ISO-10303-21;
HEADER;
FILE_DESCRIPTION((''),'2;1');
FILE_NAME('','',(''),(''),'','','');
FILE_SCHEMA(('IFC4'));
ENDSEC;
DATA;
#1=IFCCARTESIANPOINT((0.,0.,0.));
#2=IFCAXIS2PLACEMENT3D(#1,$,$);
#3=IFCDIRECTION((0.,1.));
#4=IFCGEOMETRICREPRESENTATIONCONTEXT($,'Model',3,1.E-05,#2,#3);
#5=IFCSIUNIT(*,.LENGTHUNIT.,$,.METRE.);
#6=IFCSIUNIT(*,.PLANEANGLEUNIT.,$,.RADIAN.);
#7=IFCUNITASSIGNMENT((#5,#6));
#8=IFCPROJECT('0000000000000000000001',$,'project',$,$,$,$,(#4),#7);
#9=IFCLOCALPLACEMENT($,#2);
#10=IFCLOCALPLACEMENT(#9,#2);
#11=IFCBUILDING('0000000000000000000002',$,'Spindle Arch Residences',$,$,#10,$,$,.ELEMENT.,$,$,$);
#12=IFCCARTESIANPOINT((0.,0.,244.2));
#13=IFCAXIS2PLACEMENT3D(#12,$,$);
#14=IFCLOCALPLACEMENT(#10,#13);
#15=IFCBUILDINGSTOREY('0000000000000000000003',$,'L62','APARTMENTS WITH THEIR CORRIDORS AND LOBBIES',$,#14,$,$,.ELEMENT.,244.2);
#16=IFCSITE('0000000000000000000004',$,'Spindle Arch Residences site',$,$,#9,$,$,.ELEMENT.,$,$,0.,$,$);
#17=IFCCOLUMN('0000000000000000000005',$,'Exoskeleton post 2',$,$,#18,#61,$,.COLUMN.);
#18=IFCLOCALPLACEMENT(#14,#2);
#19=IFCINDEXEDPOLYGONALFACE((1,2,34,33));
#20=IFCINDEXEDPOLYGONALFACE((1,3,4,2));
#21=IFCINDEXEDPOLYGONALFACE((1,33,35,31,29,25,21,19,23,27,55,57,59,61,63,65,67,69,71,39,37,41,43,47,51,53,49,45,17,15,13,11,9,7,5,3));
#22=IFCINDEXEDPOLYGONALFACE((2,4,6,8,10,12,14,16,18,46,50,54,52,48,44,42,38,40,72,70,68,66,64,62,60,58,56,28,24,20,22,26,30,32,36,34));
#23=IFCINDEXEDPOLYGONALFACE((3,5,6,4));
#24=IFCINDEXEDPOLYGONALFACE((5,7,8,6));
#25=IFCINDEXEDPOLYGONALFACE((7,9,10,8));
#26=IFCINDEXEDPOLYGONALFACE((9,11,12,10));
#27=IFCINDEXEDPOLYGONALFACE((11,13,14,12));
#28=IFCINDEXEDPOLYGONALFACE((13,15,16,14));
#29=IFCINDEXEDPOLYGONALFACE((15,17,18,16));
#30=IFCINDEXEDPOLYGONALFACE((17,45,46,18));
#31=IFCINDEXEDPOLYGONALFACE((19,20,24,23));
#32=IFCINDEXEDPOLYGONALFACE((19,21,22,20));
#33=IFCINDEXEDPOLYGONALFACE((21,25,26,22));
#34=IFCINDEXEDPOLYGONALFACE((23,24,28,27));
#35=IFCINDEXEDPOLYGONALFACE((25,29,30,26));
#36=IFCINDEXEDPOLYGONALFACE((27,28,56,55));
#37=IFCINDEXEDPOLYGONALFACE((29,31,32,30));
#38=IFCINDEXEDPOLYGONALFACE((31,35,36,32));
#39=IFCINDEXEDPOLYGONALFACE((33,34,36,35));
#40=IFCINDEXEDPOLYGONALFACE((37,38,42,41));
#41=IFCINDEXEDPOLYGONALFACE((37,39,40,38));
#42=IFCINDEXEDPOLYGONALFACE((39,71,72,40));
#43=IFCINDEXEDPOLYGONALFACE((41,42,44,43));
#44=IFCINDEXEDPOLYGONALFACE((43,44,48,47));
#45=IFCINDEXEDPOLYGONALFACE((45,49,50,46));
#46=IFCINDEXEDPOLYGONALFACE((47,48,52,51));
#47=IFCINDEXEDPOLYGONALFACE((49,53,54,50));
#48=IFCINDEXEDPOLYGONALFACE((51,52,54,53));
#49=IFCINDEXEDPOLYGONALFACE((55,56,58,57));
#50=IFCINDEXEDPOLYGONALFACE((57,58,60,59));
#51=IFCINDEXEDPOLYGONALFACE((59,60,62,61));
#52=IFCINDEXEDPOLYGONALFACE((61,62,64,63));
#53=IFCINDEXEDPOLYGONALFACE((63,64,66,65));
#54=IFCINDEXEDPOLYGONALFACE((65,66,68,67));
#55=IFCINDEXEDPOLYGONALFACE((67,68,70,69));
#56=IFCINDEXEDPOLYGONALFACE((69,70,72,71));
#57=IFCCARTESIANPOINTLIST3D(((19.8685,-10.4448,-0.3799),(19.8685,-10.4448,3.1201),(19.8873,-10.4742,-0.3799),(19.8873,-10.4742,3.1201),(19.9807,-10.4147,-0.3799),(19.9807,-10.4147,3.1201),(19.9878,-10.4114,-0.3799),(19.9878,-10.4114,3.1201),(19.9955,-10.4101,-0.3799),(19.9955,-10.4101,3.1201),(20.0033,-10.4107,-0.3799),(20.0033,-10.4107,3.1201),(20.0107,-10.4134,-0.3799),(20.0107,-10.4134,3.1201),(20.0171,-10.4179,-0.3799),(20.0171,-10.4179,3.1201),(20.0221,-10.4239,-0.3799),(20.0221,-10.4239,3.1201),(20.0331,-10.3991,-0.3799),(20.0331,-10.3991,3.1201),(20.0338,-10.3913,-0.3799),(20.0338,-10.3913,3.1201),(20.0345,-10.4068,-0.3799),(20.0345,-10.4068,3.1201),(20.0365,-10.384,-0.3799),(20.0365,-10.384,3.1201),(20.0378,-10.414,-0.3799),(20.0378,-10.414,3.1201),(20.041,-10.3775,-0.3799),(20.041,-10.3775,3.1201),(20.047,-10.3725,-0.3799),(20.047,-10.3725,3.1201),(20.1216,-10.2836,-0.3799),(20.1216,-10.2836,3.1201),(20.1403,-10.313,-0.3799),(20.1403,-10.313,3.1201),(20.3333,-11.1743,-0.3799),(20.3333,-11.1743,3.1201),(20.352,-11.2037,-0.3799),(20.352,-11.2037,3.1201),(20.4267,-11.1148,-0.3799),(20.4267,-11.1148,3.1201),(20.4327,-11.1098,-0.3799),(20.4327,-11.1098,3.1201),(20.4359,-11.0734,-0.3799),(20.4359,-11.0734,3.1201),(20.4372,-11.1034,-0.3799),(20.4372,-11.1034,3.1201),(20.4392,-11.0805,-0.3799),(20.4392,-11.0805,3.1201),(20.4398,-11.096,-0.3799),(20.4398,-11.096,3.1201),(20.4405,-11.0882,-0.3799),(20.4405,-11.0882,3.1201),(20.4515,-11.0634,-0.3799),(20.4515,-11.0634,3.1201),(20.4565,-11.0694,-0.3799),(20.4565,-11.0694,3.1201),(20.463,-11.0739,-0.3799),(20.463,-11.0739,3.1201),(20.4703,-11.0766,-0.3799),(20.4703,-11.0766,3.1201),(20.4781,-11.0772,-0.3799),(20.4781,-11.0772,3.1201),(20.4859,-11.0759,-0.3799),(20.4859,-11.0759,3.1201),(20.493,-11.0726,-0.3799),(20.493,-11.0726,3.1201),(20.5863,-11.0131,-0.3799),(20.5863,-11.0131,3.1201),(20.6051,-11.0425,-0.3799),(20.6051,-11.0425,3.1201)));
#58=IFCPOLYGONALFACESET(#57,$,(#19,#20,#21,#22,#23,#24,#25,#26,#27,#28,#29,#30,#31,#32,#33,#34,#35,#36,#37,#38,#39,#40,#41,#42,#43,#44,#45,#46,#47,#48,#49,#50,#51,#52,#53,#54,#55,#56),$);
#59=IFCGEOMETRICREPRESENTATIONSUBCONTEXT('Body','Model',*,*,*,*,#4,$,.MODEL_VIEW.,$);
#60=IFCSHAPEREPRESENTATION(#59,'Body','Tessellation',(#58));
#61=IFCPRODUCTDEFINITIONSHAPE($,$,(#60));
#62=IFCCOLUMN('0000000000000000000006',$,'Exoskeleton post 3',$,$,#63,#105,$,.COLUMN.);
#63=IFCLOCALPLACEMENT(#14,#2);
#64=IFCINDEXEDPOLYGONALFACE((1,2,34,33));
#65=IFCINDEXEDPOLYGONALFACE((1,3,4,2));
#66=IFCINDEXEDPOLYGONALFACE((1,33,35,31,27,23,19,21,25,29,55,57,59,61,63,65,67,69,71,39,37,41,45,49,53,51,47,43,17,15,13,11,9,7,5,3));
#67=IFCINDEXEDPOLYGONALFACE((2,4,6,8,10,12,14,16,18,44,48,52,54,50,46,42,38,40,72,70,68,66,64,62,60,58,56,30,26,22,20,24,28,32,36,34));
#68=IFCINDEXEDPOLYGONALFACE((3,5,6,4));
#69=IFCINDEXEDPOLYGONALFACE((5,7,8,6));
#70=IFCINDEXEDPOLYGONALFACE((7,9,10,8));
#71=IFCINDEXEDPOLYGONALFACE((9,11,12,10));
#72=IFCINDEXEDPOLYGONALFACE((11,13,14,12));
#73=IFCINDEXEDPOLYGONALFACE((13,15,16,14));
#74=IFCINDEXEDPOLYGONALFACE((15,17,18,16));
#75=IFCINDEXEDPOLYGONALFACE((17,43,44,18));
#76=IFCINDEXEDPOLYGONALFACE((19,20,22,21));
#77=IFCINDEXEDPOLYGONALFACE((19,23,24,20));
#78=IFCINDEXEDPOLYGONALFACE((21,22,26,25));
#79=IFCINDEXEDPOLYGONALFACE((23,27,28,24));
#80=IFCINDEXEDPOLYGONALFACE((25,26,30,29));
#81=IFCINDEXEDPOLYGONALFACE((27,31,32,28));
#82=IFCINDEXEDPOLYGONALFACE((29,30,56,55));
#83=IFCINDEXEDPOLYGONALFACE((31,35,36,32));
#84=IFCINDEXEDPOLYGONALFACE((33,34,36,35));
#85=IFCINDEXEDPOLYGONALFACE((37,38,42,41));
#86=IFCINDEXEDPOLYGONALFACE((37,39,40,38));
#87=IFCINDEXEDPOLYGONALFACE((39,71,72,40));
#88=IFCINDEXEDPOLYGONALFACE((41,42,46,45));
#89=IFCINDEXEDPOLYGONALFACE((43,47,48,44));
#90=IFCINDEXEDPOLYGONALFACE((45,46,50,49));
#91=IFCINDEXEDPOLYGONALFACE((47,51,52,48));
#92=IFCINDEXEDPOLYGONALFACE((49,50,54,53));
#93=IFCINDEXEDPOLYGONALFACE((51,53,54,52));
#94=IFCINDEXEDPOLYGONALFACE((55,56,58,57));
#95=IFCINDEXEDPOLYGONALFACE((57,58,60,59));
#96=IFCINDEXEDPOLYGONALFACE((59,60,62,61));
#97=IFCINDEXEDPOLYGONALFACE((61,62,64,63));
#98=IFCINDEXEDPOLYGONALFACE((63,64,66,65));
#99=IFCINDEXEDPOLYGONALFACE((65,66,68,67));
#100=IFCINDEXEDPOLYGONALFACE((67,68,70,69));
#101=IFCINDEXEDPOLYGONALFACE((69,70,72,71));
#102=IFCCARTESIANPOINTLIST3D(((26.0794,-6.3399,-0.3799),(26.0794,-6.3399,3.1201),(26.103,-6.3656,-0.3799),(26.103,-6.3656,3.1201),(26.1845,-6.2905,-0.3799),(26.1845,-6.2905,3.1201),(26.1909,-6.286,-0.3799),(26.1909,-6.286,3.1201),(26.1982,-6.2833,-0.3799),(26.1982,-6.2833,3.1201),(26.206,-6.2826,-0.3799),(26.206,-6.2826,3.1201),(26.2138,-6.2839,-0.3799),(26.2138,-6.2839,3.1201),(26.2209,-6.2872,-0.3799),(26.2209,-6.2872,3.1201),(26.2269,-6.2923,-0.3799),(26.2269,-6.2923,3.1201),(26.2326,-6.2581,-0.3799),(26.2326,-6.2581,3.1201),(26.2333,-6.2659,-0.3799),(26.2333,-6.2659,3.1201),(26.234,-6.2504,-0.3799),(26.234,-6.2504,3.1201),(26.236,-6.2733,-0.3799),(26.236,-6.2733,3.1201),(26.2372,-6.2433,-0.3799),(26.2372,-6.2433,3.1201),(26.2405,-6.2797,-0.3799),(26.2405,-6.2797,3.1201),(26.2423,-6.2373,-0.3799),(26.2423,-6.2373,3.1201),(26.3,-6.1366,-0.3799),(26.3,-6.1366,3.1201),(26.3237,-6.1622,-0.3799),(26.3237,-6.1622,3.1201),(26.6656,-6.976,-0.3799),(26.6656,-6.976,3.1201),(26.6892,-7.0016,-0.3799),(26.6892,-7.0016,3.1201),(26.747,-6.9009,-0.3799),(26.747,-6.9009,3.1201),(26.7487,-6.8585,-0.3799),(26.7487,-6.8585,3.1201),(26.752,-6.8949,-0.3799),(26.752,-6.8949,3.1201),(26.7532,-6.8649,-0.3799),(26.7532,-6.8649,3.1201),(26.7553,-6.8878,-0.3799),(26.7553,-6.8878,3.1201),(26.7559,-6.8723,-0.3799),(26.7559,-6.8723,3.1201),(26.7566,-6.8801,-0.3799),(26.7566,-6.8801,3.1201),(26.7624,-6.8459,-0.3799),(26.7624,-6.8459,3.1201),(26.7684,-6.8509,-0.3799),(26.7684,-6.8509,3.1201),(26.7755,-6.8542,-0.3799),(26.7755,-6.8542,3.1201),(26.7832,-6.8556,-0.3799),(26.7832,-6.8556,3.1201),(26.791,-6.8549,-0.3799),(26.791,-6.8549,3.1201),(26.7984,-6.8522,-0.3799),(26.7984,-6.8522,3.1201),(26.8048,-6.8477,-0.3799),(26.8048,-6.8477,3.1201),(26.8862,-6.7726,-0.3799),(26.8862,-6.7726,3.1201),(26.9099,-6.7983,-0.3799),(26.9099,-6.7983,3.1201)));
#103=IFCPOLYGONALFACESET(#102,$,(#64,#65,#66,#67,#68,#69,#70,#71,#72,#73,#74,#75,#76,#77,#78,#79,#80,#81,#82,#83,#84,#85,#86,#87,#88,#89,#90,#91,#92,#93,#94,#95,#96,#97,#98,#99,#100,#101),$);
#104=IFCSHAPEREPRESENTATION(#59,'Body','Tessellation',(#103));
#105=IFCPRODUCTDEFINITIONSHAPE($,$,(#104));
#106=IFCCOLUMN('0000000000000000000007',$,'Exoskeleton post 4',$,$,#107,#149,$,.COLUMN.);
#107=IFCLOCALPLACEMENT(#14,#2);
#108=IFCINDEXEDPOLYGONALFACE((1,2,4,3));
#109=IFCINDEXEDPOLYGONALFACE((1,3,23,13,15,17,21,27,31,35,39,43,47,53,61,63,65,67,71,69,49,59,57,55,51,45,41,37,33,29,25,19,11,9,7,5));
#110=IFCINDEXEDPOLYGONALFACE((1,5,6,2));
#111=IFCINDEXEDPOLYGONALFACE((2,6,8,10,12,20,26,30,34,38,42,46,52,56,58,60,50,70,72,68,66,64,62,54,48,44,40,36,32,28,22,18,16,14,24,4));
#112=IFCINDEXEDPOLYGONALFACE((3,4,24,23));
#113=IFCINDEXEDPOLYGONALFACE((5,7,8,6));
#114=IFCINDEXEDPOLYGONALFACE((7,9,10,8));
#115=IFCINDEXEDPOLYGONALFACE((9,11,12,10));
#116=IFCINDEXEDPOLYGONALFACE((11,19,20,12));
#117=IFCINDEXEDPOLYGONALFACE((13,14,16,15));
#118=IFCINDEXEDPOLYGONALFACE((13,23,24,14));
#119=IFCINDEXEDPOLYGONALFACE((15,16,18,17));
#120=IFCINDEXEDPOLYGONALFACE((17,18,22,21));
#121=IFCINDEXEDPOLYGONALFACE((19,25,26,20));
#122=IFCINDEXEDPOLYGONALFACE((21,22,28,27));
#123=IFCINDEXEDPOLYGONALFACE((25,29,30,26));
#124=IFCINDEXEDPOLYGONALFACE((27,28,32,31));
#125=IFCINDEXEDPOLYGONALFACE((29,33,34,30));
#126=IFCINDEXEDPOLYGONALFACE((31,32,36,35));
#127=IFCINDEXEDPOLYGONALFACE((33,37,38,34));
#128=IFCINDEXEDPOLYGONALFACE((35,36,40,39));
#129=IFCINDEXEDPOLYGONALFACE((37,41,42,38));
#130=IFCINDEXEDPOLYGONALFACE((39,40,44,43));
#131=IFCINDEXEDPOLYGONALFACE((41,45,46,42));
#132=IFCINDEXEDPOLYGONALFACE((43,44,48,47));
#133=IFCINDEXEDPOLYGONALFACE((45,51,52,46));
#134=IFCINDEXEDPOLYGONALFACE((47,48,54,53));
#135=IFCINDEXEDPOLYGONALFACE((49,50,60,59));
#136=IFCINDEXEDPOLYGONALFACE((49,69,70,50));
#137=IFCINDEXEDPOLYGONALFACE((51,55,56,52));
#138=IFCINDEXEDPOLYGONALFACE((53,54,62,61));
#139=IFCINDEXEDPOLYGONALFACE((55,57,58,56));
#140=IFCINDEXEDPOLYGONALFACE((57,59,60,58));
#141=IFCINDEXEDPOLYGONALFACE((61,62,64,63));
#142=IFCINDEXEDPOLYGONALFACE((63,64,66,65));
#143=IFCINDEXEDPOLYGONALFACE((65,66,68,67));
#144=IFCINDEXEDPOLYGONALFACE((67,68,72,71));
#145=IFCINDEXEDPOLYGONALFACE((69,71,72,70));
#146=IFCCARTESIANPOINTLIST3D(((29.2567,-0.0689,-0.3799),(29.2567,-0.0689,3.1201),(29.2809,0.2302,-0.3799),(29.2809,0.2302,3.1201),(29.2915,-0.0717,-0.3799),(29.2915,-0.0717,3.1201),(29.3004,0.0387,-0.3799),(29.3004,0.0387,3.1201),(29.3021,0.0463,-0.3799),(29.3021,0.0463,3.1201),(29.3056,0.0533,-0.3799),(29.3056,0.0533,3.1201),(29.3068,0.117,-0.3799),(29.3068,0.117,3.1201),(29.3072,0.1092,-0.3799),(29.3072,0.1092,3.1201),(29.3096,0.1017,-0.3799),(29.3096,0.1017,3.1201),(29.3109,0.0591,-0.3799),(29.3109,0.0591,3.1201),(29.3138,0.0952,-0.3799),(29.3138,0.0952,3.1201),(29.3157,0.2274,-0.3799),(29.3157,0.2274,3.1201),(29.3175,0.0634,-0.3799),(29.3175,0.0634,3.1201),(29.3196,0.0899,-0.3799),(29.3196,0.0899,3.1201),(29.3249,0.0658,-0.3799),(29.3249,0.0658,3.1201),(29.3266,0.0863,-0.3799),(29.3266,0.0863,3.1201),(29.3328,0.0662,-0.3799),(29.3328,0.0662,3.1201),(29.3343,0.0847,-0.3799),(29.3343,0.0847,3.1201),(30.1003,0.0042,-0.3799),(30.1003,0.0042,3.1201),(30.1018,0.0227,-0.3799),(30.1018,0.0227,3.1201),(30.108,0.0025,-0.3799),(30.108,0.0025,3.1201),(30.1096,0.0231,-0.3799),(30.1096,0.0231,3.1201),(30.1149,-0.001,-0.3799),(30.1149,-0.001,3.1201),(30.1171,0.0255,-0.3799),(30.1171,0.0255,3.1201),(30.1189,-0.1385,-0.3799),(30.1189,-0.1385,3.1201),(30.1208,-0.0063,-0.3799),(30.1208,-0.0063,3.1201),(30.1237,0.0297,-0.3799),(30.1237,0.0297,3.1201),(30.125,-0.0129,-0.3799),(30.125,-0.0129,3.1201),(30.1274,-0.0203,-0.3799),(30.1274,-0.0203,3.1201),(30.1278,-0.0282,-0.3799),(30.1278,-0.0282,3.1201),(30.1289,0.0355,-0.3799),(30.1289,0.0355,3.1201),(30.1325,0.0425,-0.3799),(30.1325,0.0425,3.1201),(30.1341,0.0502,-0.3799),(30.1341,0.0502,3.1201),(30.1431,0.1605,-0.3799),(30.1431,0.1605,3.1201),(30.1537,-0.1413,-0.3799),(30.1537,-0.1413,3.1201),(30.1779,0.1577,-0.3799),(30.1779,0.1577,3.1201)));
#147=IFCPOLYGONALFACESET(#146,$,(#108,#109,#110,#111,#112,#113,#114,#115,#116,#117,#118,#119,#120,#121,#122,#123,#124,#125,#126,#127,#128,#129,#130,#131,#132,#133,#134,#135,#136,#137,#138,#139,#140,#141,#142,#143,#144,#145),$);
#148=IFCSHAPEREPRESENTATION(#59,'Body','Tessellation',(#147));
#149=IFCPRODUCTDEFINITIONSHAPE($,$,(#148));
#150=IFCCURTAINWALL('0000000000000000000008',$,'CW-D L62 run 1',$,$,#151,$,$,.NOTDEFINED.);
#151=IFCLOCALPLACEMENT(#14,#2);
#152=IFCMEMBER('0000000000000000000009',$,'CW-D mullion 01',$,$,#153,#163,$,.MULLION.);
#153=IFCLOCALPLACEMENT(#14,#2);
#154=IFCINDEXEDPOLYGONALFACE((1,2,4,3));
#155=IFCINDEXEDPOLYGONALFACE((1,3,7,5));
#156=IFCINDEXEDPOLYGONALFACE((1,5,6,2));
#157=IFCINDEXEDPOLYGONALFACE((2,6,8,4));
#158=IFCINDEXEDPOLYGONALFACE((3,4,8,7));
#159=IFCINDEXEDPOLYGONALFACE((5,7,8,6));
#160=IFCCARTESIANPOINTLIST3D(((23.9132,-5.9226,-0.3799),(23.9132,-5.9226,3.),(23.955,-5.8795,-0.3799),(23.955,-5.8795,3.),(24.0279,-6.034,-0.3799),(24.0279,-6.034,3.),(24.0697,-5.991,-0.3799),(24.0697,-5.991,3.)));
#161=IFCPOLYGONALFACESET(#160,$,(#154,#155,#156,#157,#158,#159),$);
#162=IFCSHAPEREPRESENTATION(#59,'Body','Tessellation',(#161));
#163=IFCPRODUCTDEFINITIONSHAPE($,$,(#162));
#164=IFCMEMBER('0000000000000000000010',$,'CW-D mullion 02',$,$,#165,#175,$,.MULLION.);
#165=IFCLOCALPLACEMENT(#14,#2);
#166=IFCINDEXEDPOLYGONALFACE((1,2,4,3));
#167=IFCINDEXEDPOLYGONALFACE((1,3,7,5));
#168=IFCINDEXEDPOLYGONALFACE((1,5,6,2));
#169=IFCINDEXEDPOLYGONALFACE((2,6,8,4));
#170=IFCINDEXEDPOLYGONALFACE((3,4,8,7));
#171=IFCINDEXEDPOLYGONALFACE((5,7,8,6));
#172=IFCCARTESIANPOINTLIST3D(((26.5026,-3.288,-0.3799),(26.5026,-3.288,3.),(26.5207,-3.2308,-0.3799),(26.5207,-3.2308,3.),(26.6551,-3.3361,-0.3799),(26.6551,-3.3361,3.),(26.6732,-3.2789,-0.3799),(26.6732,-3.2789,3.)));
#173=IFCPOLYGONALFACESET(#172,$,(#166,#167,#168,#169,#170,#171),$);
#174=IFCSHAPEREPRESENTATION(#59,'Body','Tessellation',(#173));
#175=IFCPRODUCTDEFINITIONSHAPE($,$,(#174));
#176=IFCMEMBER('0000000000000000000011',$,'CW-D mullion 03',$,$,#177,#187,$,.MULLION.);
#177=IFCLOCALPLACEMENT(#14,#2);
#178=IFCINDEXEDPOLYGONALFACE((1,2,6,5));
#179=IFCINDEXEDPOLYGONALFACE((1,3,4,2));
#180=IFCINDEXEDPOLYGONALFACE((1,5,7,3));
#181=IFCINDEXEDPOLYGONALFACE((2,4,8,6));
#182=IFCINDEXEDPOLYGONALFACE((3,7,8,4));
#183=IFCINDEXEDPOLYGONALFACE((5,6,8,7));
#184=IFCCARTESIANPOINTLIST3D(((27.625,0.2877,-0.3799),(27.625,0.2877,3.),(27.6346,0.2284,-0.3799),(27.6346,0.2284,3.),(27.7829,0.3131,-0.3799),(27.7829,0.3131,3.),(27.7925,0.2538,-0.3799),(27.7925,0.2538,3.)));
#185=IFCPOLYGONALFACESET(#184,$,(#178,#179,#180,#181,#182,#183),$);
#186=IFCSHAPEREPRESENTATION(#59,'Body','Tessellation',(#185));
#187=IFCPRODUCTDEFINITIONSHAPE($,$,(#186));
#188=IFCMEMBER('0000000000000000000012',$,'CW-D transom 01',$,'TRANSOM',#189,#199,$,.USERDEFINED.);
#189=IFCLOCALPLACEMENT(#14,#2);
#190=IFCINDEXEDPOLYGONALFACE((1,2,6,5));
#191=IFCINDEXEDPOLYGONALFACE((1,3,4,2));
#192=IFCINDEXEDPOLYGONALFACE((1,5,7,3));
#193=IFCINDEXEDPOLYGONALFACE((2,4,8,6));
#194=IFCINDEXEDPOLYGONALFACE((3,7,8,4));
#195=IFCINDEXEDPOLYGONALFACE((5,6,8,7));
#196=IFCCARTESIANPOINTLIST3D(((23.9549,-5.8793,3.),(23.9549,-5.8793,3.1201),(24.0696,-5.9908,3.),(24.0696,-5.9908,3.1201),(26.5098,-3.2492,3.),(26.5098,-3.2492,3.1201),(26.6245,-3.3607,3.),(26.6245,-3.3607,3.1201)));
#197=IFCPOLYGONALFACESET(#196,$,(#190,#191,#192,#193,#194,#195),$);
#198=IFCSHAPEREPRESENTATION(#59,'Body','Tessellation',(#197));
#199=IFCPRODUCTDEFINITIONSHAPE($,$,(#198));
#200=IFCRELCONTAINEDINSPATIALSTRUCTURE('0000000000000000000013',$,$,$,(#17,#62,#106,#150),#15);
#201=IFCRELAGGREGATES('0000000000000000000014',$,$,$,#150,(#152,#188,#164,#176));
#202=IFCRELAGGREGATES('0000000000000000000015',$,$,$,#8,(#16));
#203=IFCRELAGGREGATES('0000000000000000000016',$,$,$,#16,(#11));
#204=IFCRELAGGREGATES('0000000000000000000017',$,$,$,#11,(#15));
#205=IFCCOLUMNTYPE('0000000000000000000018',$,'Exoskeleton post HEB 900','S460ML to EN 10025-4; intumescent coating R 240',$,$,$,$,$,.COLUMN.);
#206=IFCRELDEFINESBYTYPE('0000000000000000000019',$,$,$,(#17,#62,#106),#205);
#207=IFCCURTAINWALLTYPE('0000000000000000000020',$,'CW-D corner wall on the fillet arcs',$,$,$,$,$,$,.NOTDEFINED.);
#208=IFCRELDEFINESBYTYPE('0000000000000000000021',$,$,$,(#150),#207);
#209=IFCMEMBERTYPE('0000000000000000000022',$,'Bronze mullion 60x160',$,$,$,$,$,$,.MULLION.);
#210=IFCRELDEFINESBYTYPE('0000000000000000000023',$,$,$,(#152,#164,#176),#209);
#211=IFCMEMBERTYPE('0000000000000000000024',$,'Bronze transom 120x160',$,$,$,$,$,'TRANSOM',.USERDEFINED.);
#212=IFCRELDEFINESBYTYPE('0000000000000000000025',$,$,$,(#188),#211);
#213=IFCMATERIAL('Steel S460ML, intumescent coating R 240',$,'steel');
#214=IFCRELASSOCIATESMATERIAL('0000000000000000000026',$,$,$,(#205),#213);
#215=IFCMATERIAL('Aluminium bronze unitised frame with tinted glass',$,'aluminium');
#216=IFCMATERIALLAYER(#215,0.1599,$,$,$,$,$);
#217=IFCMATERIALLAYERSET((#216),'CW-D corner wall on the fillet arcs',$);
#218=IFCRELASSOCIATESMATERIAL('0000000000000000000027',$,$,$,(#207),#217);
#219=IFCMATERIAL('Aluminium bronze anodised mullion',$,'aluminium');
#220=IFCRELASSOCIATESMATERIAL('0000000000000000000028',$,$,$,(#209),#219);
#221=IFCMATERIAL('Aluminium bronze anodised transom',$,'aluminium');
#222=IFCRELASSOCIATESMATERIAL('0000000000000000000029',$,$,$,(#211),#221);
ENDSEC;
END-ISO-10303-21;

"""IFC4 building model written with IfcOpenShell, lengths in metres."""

from ifc_helpers import new_model, si_unit, direction, frame, origin, origin_2d, place, context, subcontext, project, spatial, rectangle, i_section, extrude, material, layer, layer_set, material_profile, profile_set, type_object, element, aggregate, save


model = new_model("IFC4")

# Units and contexts
model_context = context("Model", 3, precision=1e-05, world=origin(), true_north=direction((0.0, 1.0)))
body_context = subcontext(model_context, "Body", "Model", "MODEL_VIEW")
ifc_project = project(units=[si_unit("LENGTHUNIT", "METRE"), si_unit("PLANEANGLEUNIT", "RADIAN")], contexts=[model_context])

# Site, building, storey
site_placement = place(None, origin())
site = spatial("IfcSite", under=ifc_project, at=site_placement, Name="Spindle Arch Residences site", CompositionType="ELEMENT", RefElevation=0.0)
building_placement = place(site_placement, origin())
building = spatial("IfcBuilding", under=site, at=building_placement, Name="Spindle Arch Residences", CompositionType="ELEMENT")
storey_placement = place(building_placement, frame((0.0, 0.0, 244.2)))
storey = spatial("IfcBuildingStorey", under=building, at=storey_placement, Name="L62", Description="APARTMENTS WITH THEIR CORRIDORS AND LOBBIES", CompositionType="ELEMENT", Elevation=244.2)

# Columns
ifc_material_1 = material(Name="Steel S460ML, intumescent coating R 240", Category="steel")
ifc_material_profile_1 = material_profile(ifc_material_1, i_section(OverallWidth=0.3, OverallDepth=0.8999, WebThickness=0.0186, FlangeThickness=0.0349, FilletRadius=0.03, at=origin_2d()), Name="HEB 900")
ifc_profile_set_1 = profile_set([ifc_material_profile_1], Name="Steel S460ML, intumescent coating R 240")
column_type = type_object("IfcColumnType", Name="Exoskeleton post HEB 900", Description="S460ML to EN 10025-4; intumescent coating R 240", PredefinedType="COLUMN", material=ifc_profile_set_1)
for number, where, z_axis, x_axis, name in (
    (1, (20.2368, -10.7437, -0.3799), (0.0, 0.0, 1.0), (-0.843391, -0.5373, 0.0), "Exoskeleton post 2"),
    (2, (26.4946, -6.5691, -0.3799), (0.0, 0.0, 1.0), (-0.735347, -0.677691, 0.0), "Exoskeleton post 3"),
    (3, (29.7173, 0.0444, -0.3799), (0.0, 0.0, 1.0), (-0.080538, -0.996752, 0.0), "Exoskeleton post 4"),
):
    element("IfcColumn", number, at=place(storey_placement, frame(where, z_axis=z_axis, x_axis=x_axis)), inside=storey, type_object=column_type, Name=name, PredefinedType="COLUMN", context=body_context, shape_type="SweptSolid", body=[
        extrude(i_section(OverallWidth=0.3, OverallDepth=0.8999, WebThickness=0.0186, FlangeThickness=0.0349, FilletRadius=0.03, at=origin_2d()), origin(), (0.0, 0.0, 1.0), 3.5),
    ])

# Curtain wall, members
ifc_material_2 = material(Name="Aluminium bronze unitised frame with tinted glass", Category="aluminium")
ifc_layer_1 = layer(ifc_material_2, 0.1599)
ifc_layer_set_1 = layer_set([ifc_layer_1], Name="CW-D corner wall on the fillet arcs")
curtain_wall_type = type_object("IfcCurtainWallType", Name="CW-D corner wall on the fillet arcs", PredefinedType="NOTDEFINED", material=ifc_layer_set_1)
curtain_wall_placement = place(storey_placement, origin())
curtain_wall = element("IfcCurtainWall", 4, at=curtain_wall_placement, inside=storey, type_object=curtain_wall_type, Name="CW-D L62 run 1", PredefinedType="NOTDEFINED")
ifc_material_3 = material(Name="Aluminium bronze anodised mullion", Category="aluminium")
ifc_material_profile_2 = material_profile(ifc_material_3, rectangle(XDim=0.1599, YDim=0.0601, at=origin_2d()), Name="MU 60x160")
ifc_profile_set_2 = profile_set([ifc_material_profile_2], Name="Aluminium bronze anodised mullion")
member_type_1 = type_object("IfcMemberType", Name="Bronze mullion 60x160", PredefinedType="MULLION", material=ifc_profile_set_2)
member_1_placement = place(storey_placement, frame((23.9915, -5.9568, -0.3799), z_axis=(0.0, 0.0, 1.0), x_axis=(-0.717316, 0.696748, 0.0)))
member_1 = element("IfcMember", 5, at=member_1_placement, type_object=member_type_1, Name="CW-D mullion 01", PredefinedType="MULLION", context=body_context, shape_type="SweptSolid", body=[
    extrude(rectangle(XDim=0.1599, YDim=0.0601, at=origin_2d()), origin(), (0.0, 0.0, 1.0), 3.3799),
])
member_2_placement = place(storey_placement, frame((26.5879, -3.2834, -0.3799), z_axis=(0.0, 0.0, 1.0), x_axis=(-0.953717, 0.300706, 0.0)))
member_2 = element("IfcMember", 6, at=member_2_placement, type_object=member_type_1, Name="CW-D mullion 02", PredefinedType="MULLION", context=body_context, shape_type="SweptSolid", body=[
    extrude(rectangle(XDim=0.1599, YDim=0.0601, at=origin_2d()), origin(), (0.0, 0.0, 1.0), 3.3799),
])
member_3_placement = place(storey_placement, frame((27.7087, 0.2708, -0.3799), z_axis=(0.0, 0.0, 1.0), x_axis=(-0.987229, -0.159307, 0.0)))
member_3 = element("IfcMember", 7, at=member_3_placement, type_object=member_type_1, Name="CW-D mullion 03", PredefinedType="MULLION", context=body_context, shape_type="SweptSolid", body=[
    extrude(rectangle(XDim=0.1599, YDim=0.0601, at=origin_2d()), origin(), (0.0, 0.0, 1.0), 3.3799),
])
ifc_material_4 = material(Name="Aluminium bronze anodised transom", Category="aluminium")
ifc_material_profile_3 = material_profile(ifc_material_4, rectangle(XDim=0.1599, YDim=0.1201, at=origin_2d()), Name="TR 120x160")
ifc_profile_set_3 = profile_set([ifc_material_profile_3], Name="Aluminium bronze anodised transom")
member_type_2 = type_object("IfcMemberType", Name="Bronze transom 120x160", ElementType="TRANSOM", PredefinedType="USERDEFINED", material=ifc_profile_set_3)
member_4_placement = place(storey_placement, frame((24.0122, -5.9351, 3.0601), z_axis=(0.696779, 0.717286, 0.0), x_axis=(-0.717286, 0.696779, 0.0)))
member_4 = element("IfcMember", 8, at=member_4_placement, type_object=member_type_2, Name="CW-D transom 01", ObjectType="TRANSOM", PredefinedType="USERDEFINED", context=body_context, shape_type="SweptSolid", body=[
    extrude(rectangle(XDim=0.1599, YDim=0.1201, at=origin_2d()), origin(), (0.0, 0.0, 1.0), 3.6667),
])

aggregate(curtain_wall, [member_1, member_4, member_2, member_3])

save(model, "model.ifc")
